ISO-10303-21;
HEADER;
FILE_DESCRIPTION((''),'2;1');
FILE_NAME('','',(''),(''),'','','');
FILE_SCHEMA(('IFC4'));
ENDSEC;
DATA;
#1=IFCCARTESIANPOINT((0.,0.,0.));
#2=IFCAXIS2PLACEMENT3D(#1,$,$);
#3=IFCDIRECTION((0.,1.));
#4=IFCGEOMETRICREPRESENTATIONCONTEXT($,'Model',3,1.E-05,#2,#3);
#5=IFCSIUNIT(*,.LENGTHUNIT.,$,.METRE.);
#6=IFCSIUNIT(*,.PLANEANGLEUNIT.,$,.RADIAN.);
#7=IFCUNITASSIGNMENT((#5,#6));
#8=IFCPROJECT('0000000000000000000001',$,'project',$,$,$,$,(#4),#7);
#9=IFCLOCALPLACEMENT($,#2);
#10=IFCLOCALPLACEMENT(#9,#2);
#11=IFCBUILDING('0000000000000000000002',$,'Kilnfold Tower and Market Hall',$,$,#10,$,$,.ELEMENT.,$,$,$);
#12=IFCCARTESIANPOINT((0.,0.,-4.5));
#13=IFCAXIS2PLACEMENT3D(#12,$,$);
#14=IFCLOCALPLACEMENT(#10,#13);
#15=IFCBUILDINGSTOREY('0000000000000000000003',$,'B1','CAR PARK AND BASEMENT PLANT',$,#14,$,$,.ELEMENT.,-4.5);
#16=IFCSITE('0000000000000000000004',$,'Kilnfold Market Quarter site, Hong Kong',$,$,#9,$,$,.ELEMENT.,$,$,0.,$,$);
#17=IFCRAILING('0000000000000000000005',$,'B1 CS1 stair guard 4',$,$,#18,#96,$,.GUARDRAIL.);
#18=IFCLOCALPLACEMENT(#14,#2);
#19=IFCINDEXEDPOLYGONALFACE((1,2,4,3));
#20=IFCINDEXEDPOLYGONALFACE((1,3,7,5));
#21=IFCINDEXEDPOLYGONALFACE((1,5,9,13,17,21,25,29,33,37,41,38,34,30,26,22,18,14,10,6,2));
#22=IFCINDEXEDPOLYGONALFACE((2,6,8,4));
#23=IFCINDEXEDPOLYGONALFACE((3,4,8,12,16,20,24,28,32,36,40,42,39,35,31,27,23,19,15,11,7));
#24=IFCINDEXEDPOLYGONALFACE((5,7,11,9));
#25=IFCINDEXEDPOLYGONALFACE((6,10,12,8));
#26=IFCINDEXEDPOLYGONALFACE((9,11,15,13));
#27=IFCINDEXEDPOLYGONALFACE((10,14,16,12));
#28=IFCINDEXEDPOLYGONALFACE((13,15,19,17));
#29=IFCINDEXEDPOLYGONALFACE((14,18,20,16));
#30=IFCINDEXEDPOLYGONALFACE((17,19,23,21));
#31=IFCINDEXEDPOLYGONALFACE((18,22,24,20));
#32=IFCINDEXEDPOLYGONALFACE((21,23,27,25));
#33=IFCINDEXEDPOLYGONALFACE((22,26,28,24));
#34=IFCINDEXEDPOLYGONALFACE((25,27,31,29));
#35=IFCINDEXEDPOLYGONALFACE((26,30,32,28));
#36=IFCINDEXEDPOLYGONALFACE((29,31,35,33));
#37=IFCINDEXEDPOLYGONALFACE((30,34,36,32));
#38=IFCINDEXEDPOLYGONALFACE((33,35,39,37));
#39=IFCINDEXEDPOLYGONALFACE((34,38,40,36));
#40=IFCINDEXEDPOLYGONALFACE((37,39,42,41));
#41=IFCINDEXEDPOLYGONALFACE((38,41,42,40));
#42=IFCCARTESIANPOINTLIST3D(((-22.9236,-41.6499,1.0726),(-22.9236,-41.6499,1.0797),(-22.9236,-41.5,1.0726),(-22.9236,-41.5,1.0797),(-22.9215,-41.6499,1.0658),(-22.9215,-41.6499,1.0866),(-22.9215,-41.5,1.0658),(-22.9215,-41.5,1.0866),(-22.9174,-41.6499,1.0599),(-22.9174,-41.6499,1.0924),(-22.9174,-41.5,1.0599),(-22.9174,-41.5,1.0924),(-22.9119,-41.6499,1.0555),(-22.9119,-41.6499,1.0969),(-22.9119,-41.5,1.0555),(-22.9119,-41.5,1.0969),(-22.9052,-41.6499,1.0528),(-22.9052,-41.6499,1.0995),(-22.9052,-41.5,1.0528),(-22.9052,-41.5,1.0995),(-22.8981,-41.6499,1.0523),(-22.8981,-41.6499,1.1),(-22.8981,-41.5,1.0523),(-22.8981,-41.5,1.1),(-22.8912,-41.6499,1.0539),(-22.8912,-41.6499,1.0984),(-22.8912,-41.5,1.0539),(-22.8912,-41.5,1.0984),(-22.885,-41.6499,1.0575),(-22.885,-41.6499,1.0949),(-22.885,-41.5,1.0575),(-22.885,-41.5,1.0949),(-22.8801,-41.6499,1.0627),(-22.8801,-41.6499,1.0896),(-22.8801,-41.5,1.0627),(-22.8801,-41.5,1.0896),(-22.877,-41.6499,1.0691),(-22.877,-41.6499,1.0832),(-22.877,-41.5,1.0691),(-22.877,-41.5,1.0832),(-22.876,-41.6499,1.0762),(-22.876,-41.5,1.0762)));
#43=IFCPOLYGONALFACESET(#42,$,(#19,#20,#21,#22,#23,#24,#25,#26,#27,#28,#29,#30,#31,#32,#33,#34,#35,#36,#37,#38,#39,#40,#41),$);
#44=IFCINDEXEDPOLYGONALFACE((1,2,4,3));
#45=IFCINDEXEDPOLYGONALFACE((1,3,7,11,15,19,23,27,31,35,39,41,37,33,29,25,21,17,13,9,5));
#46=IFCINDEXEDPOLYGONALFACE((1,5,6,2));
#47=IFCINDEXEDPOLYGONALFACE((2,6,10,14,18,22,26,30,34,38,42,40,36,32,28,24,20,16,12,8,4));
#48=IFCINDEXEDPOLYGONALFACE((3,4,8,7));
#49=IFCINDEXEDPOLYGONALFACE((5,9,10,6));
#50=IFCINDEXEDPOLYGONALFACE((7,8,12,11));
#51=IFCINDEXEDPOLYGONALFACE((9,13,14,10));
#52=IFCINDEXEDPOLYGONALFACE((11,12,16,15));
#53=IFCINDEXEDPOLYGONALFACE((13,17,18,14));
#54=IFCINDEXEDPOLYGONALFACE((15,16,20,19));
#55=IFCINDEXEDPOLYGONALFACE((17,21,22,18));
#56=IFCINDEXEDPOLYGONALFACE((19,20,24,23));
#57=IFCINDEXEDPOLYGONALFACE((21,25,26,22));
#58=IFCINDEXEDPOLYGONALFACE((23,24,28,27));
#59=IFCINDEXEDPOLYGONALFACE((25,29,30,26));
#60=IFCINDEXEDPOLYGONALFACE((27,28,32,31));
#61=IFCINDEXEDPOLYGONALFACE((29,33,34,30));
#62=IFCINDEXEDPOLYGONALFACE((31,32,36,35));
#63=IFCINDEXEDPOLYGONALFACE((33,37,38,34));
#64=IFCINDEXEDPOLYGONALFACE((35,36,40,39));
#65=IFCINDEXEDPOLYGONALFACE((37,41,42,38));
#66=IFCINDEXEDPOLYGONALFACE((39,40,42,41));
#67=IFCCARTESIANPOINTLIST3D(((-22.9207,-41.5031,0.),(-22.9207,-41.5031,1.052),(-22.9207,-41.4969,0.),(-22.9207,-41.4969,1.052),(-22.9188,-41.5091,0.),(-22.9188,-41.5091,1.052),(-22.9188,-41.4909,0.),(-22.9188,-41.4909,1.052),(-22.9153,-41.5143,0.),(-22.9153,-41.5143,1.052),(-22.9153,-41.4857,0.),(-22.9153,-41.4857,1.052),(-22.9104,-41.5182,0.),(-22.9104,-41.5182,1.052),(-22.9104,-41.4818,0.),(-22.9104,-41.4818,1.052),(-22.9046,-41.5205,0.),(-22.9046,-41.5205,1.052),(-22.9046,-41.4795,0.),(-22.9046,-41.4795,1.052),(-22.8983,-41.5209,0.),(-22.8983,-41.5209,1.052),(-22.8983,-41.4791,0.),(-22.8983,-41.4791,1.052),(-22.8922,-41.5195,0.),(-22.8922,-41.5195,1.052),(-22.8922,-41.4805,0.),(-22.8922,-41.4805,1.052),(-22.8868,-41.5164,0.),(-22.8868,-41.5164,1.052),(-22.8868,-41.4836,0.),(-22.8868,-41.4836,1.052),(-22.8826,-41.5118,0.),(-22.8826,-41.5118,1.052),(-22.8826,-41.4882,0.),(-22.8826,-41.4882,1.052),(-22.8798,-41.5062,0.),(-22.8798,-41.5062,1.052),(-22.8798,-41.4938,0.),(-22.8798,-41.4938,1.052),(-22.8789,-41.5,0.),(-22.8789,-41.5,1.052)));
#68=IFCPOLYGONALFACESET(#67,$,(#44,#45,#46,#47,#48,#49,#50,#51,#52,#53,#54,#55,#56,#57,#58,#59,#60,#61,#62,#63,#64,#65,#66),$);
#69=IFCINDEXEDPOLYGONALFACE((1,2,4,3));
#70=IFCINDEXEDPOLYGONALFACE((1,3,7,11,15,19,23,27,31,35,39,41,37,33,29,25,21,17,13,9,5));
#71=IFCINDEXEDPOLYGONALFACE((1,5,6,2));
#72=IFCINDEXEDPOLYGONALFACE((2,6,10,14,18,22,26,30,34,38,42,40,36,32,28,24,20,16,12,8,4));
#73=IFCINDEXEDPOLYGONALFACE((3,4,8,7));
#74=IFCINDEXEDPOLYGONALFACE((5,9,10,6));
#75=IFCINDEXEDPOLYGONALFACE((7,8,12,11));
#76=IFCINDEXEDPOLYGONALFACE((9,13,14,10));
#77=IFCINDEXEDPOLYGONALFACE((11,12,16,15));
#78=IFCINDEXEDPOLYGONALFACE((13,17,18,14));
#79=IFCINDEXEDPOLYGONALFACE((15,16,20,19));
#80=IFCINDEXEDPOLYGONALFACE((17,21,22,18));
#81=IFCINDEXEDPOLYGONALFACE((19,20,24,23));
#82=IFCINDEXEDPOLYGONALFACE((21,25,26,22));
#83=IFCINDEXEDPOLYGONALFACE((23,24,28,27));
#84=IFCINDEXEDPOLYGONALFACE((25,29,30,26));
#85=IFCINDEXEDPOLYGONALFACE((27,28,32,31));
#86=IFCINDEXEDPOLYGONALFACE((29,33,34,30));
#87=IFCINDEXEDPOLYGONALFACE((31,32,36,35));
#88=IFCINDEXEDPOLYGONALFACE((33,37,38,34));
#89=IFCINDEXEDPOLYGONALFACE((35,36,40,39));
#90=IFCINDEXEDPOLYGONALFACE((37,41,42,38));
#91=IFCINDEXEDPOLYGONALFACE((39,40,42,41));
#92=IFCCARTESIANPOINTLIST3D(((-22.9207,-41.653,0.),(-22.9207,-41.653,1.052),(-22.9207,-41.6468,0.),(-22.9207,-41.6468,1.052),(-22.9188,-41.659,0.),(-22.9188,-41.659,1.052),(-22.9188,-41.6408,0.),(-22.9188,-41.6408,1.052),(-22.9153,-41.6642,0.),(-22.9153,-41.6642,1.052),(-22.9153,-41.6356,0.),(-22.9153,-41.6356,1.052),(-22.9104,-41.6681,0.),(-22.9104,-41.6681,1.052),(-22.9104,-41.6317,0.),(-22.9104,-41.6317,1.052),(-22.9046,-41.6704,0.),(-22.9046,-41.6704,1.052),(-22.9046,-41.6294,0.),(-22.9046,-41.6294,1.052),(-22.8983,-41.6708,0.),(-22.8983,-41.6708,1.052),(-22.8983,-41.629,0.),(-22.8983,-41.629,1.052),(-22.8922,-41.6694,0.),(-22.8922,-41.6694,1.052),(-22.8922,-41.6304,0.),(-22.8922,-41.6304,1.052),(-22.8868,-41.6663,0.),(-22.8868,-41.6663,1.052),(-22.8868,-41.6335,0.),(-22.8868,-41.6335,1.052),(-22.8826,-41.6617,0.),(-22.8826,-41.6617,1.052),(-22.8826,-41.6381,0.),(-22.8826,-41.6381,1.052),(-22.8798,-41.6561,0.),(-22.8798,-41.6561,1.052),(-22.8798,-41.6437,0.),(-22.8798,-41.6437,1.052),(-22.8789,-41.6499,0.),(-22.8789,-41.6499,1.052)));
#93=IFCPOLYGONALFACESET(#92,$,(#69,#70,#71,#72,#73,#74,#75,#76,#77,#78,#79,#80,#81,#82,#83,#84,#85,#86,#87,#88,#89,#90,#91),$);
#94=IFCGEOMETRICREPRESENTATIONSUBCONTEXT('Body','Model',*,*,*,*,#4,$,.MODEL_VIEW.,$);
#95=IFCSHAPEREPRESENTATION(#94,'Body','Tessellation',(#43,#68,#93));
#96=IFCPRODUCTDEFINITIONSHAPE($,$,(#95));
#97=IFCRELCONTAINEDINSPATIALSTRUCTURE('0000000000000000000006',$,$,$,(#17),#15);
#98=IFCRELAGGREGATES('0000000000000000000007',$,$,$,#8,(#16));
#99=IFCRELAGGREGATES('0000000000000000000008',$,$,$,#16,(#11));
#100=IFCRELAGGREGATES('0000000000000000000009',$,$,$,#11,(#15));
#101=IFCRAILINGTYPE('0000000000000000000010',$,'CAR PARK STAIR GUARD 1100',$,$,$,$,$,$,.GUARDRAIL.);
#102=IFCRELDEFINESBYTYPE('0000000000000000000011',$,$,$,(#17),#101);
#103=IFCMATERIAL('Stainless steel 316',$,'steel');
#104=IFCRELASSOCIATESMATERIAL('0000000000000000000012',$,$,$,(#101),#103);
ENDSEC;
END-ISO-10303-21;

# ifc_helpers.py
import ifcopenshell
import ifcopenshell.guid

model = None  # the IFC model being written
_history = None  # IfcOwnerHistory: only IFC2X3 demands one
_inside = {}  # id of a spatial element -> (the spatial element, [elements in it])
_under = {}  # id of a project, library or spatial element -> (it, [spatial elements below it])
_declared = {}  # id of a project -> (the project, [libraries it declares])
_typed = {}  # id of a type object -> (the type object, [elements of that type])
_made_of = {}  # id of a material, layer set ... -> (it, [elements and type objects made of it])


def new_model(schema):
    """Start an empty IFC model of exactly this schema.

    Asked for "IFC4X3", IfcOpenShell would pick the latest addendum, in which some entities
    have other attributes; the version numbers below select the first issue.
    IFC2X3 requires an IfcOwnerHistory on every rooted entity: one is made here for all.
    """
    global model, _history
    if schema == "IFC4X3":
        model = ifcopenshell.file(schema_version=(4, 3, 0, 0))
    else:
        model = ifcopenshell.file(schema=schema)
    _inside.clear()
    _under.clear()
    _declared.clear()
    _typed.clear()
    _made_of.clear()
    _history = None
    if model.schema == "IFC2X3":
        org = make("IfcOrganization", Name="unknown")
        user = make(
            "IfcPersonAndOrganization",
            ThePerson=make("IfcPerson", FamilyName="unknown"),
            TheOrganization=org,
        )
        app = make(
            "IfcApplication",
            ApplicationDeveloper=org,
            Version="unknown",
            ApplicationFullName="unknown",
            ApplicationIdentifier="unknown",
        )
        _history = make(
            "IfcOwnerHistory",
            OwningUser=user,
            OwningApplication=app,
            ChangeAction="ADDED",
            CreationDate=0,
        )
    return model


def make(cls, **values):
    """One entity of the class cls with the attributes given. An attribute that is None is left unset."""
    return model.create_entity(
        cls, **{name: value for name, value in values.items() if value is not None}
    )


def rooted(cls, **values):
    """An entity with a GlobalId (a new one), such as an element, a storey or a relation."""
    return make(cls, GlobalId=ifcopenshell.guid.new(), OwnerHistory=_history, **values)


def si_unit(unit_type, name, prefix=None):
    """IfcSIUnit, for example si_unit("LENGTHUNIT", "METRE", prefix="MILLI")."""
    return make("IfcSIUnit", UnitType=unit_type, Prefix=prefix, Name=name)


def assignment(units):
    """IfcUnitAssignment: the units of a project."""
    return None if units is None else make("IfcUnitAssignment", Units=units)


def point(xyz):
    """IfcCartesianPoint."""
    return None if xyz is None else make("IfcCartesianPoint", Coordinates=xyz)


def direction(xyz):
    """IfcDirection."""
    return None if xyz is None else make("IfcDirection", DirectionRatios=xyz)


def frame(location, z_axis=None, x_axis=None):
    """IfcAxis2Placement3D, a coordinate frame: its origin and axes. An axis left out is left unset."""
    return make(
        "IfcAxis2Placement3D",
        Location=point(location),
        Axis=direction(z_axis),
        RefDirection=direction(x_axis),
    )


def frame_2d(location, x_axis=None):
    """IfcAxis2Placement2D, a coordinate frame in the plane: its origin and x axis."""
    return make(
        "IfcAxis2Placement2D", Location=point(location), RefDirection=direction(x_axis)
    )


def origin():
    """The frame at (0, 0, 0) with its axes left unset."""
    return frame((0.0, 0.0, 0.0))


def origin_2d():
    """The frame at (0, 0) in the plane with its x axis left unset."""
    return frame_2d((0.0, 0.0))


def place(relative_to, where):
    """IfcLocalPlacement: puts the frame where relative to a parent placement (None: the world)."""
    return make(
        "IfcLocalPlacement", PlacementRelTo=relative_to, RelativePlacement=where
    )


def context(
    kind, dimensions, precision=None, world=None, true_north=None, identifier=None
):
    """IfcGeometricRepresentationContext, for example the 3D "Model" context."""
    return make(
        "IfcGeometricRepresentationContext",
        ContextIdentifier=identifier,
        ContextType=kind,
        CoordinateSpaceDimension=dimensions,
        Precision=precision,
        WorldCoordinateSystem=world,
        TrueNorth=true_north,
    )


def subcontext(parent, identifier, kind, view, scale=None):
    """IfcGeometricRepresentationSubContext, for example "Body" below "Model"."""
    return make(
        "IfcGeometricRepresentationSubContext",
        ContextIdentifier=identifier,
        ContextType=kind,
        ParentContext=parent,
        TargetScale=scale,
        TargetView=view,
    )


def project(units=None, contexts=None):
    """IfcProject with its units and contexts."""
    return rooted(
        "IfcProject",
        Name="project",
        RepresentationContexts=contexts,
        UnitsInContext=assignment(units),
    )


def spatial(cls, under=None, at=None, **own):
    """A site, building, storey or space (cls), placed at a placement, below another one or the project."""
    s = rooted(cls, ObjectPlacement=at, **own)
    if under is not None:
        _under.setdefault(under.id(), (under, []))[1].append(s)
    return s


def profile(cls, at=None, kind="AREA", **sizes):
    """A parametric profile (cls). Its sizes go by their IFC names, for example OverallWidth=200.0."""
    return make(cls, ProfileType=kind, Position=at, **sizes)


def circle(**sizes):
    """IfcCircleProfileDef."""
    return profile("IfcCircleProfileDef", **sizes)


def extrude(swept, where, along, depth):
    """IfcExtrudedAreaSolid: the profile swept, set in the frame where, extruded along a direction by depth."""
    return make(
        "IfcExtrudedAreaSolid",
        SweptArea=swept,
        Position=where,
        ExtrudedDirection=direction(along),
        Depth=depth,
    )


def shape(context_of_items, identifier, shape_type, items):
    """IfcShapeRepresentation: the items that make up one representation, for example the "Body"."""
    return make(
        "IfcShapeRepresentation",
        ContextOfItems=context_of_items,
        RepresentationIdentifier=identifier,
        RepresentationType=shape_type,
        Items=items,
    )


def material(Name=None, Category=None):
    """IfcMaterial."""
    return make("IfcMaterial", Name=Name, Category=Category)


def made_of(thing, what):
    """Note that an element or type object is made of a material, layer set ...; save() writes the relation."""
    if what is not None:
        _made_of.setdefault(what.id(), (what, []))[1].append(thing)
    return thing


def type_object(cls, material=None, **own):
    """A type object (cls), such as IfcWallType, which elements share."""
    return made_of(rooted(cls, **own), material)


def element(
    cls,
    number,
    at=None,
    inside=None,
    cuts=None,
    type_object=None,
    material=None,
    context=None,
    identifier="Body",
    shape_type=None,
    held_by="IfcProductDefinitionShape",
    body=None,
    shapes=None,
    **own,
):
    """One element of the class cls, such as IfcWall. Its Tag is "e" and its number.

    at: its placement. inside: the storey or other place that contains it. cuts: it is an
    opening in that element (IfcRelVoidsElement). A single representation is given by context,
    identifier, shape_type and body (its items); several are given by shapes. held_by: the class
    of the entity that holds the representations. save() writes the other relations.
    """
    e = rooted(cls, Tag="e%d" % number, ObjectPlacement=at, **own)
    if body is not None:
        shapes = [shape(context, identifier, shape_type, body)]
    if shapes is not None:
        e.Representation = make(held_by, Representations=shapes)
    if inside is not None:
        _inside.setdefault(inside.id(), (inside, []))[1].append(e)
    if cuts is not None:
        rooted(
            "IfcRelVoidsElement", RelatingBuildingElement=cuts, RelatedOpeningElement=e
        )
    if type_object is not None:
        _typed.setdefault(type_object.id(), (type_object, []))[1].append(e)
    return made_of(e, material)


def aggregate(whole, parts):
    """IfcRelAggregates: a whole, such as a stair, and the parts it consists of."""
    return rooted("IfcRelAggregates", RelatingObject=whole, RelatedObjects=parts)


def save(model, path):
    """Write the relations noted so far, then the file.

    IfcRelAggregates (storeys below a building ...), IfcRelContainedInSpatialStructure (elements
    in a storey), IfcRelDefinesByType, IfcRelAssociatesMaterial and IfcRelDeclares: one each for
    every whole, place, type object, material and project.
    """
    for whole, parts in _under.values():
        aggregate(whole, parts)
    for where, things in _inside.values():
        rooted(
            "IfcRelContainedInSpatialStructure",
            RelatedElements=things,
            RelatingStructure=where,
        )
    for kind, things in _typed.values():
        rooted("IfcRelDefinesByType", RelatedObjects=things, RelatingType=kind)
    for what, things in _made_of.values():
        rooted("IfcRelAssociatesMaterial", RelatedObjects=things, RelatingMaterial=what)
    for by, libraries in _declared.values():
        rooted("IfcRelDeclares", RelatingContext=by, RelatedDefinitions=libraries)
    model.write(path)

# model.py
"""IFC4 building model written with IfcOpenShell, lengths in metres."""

from ifc_helpers import new_model, si_unit, direction, frame, origin, origin_2d, place, context, subcontext, project, spatial, circle, extrude, material, type_object, element, save


model = new_model("IFC4")

# Units and contexts
model_context = context("Model", 3, precision=1e-05, world=origin(), true_north=direction((0.0, 1.0)))
body_context = subcontext(model_context, "Body", "Model", "MODEL_VIEW")
ifc_project = project(units=[si_unit("LENGTHUNIT", "METRE"), si_unit("PLANEANGLEUNIT", "RADIAN")], contexts=[model_context])

# Site, building, storey
site_placement = place(None, origin())
site = spatial("IfcSite", under=ifc_project, at=site_placement, Name="Kilnfold Market Quarter site, Hong Kong", CompositionType="ELEMENT", RefElevation=0.0)
building_placement = place(site_placement, origin())
building = spatial("IfcBuilding", under=site, at=building_placement, Name="Kilnfold Tower and Market Hall", CompositionType="ELEMENT")
storey_placement = place(building_placement, frame((0.0, 0.0, -4.5)))
storey = spatial("IfcBuildingStorey", under=building, at=storey_placement, Name="B1", Description="CAR PARK AND BASEMENT PLANT", CompositionType="ELEMENT", Elevation=-4.5)

# Railing
ifc_material_1 = material(Name="Stainless steel 316", Category="steel")
railing_type_1 = type_object("IfcRailingType", Name="CAR PARK STAIR GUARD 1100", PredefinedType="GUARDRAIL", material=ifc_material_1)
railing_1_placement = place(storey_placement, frame((-22.8999, -41.5, 0.0)))
element("IfcRailing", 1, at=railing_1_placement, inside=storey, type_object=railing_type_1, Name="B1 CS1 stair guard 4", PredefinedType="GUARDRAIL", context=body_context, shape_type="SweptSolid", body=[
    extrude(circle(Radius=0.0239, at=origin_2d()), frame((0.0, 0.0, 1.0762), z_axis=(0.0, -1.0, 0.0), x_axis=(1.0, 0.0, 0.0)), (0.0, 0.0, 1.0), 0.1499),
    extrude(circle(Radius=0.021, at=origin_2d()), origin(), (0.0, 0.0, 1.0), 1.052),
    extrude(circle(Radius=0.021, at=origin_2d()), frame((0.0, -0.1499, 0.0)), (0.0, 0.0, 1.0), 1.052),
])

save(model, "model.ifc")
